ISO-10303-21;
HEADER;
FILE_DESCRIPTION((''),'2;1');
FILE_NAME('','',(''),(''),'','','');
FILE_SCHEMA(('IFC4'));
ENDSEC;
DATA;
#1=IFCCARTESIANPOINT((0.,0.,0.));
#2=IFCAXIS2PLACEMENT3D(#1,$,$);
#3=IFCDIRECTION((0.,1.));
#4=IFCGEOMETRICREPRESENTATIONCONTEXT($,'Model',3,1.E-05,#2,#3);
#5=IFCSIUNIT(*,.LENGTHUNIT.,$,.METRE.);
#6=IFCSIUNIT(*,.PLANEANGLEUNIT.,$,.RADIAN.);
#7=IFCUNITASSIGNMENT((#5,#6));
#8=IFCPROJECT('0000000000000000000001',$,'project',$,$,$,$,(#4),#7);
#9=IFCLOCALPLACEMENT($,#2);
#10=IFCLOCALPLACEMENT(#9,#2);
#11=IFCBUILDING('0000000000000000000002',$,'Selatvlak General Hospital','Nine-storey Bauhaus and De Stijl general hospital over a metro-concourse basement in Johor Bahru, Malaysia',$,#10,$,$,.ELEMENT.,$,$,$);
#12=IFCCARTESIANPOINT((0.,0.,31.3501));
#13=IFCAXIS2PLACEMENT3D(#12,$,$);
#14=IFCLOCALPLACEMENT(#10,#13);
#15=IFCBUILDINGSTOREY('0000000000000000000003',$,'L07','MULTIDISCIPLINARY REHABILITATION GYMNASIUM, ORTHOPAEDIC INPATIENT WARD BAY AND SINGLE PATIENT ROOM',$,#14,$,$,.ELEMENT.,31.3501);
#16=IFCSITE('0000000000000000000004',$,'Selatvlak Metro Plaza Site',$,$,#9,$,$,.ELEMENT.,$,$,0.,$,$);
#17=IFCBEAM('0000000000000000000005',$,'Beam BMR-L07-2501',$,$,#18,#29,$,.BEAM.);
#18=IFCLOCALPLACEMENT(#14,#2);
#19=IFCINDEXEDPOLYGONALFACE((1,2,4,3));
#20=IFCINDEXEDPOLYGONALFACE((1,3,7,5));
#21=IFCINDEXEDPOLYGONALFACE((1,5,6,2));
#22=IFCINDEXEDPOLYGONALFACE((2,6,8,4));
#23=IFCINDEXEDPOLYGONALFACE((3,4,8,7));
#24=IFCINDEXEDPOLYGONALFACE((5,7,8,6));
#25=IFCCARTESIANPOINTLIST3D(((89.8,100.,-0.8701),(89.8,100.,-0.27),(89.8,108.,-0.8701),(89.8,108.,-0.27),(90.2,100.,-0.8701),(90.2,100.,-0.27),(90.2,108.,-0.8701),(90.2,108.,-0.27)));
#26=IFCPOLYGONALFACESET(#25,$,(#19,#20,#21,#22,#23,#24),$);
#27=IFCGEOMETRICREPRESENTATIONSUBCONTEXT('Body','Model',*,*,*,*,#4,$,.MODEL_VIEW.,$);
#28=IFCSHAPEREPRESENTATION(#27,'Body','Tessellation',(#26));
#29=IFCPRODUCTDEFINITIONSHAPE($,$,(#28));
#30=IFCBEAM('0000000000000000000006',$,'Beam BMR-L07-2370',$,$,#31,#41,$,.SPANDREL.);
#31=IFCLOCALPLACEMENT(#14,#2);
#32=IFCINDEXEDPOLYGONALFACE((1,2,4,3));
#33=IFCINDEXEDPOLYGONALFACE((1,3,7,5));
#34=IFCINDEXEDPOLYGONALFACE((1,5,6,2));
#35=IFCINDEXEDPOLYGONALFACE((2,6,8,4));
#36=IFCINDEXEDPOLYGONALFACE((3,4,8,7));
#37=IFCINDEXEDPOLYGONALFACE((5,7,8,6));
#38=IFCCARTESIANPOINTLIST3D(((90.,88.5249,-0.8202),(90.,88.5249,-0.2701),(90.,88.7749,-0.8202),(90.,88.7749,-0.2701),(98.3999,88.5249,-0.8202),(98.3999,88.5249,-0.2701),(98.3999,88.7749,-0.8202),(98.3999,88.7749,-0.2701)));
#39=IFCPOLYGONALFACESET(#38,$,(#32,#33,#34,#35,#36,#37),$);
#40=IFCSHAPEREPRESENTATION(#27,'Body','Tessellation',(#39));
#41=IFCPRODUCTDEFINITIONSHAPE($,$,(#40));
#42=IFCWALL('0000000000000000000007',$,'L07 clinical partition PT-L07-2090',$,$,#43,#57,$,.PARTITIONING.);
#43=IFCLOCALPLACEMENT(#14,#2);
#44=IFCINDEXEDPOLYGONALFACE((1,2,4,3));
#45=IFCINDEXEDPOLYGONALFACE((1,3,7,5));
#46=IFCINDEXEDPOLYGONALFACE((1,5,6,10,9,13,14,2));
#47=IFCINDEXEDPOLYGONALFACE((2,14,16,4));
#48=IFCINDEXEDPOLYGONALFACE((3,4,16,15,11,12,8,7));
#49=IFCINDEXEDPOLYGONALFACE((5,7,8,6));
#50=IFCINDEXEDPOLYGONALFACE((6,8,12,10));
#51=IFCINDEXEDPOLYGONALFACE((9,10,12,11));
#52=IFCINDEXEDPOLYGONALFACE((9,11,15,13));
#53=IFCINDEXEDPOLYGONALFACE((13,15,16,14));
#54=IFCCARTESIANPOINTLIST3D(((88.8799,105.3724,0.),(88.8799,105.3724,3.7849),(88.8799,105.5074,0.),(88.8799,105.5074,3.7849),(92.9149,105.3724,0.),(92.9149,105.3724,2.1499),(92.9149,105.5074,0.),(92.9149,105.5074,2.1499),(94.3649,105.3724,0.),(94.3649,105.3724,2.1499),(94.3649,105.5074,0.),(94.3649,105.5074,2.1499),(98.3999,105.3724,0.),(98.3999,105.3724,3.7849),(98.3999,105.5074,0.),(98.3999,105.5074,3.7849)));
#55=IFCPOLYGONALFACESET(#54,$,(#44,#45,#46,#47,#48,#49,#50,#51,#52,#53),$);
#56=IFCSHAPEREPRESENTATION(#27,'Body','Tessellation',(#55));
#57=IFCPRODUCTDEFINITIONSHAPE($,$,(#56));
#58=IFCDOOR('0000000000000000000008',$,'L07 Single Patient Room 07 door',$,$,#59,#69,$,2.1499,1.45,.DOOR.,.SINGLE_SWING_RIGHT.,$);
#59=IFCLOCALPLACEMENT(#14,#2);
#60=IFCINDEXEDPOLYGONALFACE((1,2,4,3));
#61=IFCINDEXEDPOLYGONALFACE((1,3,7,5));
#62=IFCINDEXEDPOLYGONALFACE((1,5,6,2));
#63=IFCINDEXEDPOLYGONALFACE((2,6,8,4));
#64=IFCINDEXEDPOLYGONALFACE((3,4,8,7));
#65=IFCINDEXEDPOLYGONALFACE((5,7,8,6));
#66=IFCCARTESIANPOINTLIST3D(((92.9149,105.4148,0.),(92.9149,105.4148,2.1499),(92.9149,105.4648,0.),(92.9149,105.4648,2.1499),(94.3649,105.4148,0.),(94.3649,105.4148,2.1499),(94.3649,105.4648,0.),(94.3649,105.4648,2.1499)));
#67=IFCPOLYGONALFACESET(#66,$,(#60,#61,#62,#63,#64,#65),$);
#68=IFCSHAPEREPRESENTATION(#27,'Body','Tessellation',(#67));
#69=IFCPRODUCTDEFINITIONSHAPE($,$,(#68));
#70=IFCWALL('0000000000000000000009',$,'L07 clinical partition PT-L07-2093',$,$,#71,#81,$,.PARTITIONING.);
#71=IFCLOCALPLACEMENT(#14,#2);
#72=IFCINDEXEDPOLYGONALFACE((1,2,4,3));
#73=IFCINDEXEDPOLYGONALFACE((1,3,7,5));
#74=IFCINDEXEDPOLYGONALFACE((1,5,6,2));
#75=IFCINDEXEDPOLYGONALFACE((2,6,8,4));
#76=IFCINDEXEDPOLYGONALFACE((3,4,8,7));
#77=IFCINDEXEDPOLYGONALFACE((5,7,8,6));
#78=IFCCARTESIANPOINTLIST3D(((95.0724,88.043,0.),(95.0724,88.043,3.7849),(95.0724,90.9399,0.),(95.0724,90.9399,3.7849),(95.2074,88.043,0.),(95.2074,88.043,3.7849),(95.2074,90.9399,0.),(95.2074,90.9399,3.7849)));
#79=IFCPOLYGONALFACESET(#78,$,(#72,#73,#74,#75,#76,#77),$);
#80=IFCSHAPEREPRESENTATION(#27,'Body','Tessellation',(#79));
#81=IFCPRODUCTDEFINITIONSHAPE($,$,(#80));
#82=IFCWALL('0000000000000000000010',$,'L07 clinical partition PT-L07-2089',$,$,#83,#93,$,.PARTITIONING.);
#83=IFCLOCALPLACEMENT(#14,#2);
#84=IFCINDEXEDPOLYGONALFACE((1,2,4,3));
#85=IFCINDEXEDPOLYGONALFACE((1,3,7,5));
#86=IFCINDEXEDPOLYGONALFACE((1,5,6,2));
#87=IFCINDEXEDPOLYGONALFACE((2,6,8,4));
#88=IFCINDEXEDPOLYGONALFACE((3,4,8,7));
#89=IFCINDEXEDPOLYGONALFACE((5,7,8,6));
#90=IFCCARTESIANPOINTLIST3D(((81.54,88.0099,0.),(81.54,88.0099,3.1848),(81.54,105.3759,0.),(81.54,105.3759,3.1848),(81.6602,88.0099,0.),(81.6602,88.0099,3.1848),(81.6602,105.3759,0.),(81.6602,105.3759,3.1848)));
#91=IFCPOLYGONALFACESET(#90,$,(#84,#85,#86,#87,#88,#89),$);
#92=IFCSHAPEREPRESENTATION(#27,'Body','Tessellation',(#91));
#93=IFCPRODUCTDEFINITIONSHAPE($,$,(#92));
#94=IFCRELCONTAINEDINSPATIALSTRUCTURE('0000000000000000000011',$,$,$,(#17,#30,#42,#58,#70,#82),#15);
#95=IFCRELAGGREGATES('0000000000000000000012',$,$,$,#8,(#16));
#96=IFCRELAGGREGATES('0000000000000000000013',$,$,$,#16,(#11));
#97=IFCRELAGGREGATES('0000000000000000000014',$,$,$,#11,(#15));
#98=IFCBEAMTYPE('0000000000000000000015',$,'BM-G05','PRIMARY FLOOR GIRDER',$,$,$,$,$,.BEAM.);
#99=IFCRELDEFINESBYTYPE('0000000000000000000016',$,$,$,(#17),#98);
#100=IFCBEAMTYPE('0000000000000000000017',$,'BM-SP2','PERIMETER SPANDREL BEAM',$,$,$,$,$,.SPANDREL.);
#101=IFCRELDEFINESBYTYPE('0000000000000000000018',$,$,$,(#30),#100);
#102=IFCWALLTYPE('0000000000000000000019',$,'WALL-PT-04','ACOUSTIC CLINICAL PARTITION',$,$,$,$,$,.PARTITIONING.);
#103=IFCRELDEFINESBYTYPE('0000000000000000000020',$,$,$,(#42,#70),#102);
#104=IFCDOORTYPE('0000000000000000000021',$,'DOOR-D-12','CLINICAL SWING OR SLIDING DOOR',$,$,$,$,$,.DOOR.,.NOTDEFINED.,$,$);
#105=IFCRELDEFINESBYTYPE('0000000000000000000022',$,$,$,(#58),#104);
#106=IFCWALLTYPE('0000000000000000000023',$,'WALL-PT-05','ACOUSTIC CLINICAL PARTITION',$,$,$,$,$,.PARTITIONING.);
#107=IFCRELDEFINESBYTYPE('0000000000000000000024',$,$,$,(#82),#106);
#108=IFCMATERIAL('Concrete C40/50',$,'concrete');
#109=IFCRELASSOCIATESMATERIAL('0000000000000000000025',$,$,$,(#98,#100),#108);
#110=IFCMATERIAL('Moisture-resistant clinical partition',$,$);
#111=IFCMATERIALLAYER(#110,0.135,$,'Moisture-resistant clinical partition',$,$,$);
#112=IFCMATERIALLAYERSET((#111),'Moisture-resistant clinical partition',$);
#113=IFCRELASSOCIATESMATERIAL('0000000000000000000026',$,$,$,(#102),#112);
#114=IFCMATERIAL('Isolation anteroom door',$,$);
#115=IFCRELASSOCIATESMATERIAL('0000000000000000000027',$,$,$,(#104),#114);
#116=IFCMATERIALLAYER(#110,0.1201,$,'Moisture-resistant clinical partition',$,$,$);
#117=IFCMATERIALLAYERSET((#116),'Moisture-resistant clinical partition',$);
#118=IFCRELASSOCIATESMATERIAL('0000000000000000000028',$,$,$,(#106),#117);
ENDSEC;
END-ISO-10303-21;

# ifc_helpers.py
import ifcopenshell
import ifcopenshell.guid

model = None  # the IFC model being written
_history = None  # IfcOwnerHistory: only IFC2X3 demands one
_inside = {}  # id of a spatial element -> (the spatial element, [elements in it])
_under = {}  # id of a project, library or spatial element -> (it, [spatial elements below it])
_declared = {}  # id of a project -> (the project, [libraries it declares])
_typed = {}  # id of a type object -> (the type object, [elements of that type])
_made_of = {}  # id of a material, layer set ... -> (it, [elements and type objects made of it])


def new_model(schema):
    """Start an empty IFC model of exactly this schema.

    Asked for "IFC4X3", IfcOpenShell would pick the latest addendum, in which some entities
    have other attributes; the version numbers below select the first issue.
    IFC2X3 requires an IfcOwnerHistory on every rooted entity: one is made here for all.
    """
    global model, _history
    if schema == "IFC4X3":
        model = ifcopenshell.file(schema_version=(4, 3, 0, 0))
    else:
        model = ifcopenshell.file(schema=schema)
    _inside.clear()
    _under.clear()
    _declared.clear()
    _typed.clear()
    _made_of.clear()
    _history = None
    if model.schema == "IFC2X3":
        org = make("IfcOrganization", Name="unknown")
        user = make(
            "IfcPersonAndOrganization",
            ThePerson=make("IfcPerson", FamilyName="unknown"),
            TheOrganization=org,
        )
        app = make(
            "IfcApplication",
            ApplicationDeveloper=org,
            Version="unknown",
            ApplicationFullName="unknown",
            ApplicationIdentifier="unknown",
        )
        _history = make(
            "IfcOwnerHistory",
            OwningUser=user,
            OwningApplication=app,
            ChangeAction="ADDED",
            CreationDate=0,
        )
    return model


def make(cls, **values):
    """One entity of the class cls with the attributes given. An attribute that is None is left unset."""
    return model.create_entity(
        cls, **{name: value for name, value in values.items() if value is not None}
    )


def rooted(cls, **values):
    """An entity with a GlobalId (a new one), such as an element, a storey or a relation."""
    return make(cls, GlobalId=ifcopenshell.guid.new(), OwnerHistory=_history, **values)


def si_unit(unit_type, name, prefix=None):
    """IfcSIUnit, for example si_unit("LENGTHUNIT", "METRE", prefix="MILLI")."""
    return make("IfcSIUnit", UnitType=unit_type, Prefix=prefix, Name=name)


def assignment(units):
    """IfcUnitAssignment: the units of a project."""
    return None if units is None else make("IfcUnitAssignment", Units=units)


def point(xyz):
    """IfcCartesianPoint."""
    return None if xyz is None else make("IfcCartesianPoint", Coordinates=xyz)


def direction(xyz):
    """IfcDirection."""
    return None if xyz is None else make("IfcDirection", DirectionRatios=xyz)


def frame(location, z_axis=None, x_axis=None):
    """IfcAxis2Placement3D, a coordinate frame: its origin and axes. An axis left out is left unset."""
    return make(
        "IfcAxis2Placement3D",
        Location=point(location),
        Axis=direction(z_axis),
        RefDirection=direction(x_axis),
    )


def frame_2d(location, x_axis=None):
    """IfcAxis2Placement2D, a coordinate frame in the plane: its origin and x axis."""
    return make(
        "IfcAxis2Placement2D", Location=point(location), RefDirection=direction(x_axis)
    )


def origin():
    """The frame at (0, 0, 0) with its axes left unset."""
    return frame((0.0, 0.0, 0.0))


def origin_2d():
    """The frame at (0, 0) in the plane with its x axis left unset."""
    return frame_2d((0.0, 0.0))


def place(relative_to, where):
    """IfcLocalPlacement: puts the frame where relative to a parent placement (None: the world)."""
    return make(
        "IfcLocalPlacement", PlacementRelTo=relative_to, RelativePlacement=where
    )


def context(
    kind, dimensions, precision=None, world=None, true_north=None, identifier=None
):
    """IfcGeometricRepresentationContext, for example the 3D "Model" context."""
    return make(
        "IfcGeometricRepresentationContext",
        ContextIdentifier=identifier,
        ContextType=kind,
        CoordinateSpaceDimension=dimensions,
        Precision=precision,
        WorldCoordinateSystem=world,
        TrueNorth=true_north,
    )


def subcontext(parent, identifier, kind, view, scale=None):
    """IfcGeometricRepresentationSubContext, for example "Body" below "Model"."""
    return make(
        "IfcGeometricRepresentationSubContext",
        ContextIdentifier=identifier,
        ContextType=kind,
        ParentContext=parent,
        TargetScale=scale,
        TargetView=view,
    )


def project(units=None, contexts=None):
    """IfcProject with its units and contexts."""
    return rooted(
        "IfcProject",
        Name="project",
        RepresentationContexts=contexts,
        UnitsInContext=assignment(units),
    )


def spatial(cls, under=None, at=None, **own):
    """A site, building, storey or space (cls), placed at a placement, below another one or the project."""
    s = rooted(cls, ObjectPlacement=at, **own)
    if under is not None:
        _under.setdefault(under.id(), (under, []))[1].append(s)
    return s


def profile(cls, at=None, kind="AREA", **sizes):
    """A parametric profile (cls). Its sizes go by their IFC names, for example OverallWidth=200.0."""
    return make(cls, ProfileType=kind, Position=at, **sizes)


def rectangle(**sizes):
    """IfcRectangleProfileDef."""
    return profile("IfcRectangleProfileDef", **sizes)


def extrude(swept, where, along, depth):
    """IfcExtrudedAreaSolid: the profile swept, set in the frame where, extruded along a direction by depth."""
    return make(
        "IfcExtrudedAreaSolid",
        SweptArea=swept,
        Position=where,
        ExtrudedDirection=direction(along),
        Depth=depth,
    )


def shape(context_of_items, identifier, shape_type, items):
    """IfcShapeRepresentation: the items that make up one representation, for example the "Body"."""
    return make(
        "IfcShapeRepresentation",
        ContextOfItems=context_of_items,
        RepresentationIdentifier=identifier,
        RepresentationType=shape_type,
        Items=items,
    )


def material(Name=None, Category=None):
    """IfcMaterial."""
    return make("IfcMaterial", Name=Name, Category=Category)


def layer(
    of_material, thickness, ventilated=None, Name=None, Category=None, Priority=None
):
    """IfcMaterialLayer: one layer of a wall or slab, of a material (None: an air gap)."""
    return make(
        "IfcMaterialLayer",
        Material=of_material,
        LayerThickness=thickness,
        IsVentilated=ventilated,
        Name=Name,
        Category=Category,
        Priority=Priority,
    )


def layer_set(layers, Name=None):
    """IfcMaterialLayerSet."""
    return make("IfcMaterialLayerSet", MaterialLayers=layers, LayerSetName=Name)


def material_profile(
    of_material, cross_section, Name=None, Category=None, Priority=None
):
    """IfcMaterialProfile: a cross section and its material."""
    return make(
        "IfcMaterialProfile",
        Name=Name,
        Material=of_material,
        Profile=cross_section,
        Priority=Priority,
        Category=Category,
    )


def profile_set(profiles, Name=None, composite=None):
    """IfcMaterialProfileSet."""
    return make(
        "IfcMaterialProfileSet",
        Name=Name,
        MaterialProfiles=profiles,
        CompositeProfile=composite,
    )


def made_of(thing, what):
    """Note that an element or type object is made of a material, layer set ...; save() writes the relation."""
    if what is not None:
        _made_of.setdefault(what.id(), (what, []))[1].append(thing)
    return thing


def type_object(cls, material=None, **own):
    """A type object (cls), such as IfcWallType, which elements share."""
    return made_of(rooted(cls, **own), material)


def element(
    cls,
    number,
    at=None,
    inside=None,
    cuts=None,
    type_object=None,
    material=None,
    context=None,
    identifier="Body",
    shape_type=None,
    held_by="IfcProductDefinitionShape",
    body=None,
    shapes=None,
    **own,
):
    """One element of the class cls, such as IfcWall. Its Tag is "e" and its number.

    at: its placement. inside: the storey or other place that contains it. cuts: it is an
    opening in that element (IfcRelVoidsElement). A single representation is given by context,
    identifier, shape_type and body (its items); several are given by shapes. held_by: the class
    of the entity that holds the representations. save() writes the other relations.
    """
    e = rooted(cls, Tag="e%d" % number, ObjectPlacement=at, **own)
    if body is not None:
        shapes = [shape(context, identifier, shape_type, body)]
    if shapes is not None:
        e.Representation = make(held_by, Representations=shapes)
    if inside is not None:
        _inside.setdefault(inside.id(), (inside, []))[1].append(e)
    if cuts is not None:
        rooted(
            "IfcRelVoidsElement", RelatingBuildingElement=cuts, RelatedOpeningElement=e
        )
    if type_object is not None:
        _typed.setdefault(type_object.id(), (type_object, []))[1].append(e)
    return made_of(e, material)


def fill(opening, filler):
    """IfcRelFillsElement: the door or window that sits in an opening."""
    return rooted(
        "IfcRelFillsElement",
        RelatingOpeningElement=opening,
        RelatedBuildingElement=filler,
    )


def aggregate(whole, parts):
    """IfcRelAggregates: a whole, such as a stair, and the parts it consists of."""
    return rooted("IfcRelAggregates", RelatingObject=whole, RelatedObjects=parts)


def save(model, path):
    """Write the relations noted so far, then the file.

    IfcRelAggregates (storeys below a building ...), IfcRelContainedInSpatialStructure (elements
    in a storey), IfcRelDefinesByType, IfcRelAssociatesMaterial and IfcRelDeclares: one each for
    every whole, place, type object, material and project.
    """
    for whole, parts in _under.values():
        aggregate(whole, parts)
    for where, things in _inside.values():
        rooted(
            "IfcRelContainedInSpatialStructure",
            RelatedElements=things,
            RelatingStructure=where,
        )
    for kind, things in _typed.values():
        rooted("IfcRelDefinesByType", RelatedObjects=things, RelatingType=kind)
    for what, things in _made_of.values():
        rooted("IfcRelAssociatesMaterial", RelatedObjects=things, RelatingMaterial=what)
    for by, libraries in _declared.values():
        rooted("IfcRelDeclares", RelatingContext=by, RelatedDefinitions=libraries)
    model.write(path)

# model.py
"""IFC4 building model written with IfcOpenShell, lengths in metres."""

from ifc_helpers import new_model, si_unit, direction, frame, frame_2d, origin, origin_2d, place, context, subcontext, project, spatial, rectangle, extrude, material, layer, layer_set, material_profile, profile_set, type_object, element, fill, save


model = new_model("IFC4")

# Units and contexts
model_context = context("Model", 3, precision=1e-05, world=origin(), true_north=direction((0.0, 1.0)))
body_context = subcontext(model_context, "Body", "Model", "MODEL_VIEW")
ifc_project = project(units=[si_unit("LENGTHUNIT", "METRE"), si_unit("PLANEANGLEUNIT", "RADIAN")], contexts=[model_context])

# Site, building, storey
site_placement = place(None, origin())
site = spatial("IfcSite", under=ifc_project, at=site_placement, Name="Selatvlak Metro Plaza Site", CompositionType="ELEMENT", RefElevation=0.0)
building_placement = place(site_placement, origin())
building = spatial("IfcBuilding", under=site, at=building_placement, Name="Selatvlak General Hospital", Description="Nine-storey Bauhaus and De Stijl general hospital over a metro-concourse basement in Johor Bahru, Malaysia", CompositionType="ELEMENT")
storey_placement = place(building_placement, frame((0.0, 0.0, 31.3501)))
storey = spatial("IfcBuildingStorey", under=building, at=storey_placement, Name="L07", Description="MULTIDISCIPLINARY REHABILITATION GYMNASIUM, ORTHOPAEDIC INPATIENT WARD BAY AND SINGLE PATIENT ROOM", CompositionType="ELEMENT", Elevation=31.3501)

# Shared definitions
ifc_material_1 = material(Name="Concrete C40/50", Category="concrete")

# Beams
ifc_material_profile_1 = material_profile(ifc_material_1, rectangle(XDim=0.3999, YDim=0.6001, at=origin_2d()), Name="RC-BM 400x600")
ifc_profile_set_1 = profile_set([ifc_material_profile_1], Name="Concrete C40/50")
beam_type_1 = type_object("IfcBeamType", Name="BM-G05", Description="PRIMARY FLOOR GIRDER", PredefinedType="BEAM", material=ifc_profile_set_1)
for number, where, z_axis, x_axis, name in (
    (1, (90.0, 100.0, -0.5701), (0.0, 1.0, 0.0), (-1.0, 0.0, 0.0), "Beam BMR-L07-2501"),
):
    element("IfcBeam", number, at=place(storey_placement, frame(where, z_axis=z_axis, x_axis=x_axis)), inside=storey, type_object=beam_type_1, Name=name, PredefinedType="BEAM", context=body_context, shape_type="SweptSolid", body=[
        extrude(rectangle(XDim=0.3999, YDim=0.6001, at=origin_2d()), origin(), (0.0, 0.0, 1.0), 8.0),
    ])
ifc_material_profile_2 = material_profile(ifc_material_1, rectangle(XDim=0.25, YDim=0.55, at=origin_2d()), Name="RC-SP 250x550")
ifc_profile_set_2 = profile_set([ifc_material_profile_2], Name="Concrete C40/50")
beam_type_2 = type_object("IfcBeamType", Name="BM-SP2", Description="PERIMETER SPANDREL BEAM", PredefinedType="SPANDREL", material=ifc_profile_set_2)
beam_1_placement = place(storey_placement, frame((90.0, 88.6499, -0.5452), z_axis=(1.0, 0.0, 0.0), x_axis=(0.0, 1.0, 0.0)))
element("IfcBeam", 2, at=beam_1_placement, inside=storey, type_object=beam_type_2, Name="Beam BMR-L07-2370", PredefinedType="SPANDREL", context=body_context, shape_type="SweptSolid", body=[
    extrude(rectangle(XDim=0.25, YDim=0.55, at=origin_2d()), origin(), (0.0, 0.0, 1.0), 8.3999),
])

# Wall, opening, door
ifc_material_2 = material(Name="Moisture-resistant clinical partition")
ifc_layer_1 = layer(ifc_material_2, 0.135, Name="Moisture-resistant clinical partition")
ifc_layer_set_1 = layer_set([ifc_layer_1], Name="Moisture-resistant clinical partition")
wall_type_1 = type_object("IfcWallType", Name="WALL-PT-04", Description="ACOUSTIC CLINICAL PARTITION", PredefinedType="PARTITIONING", material=ifc_layer_set_1)
wall_1_placement = place(storey_placement, frame((88.8799, 105.4399, 0.0), z_axis=(0.0, 0.0, 1.0), x_axis=(1.0, 0.0, 0.0)))
wall_1 = element("IfcWall", 3, at=wall_1_placement, inside=storey, type_object=wall_type_1, Name="L07 clinical partition PT-L07-2090", PredefinedType="PARTITIONING", context=body_context, shape_type="SweptSolid", body=[
    extrude(rectangle(XDim=9.52, YDim=0.135, at=frame_2d((4.76, 0.0))), origin(), (0.0, 0.0, 1.0), 3.7849),
])
opening_placement = place(wall_1_placement, frame((4.0349, 0.0, 0.0)))
opening = element("IfcOpeningElement", 4, at=opening_placement, cuts=wall_1, PredefinedType="OPENING", context=body_context, shape_type="SweptSolid", body=[
    extrude(rectangle(XDim=1.45, YDim=2.1499, at=frame_2d((0.7251, 1.075))), frame((0.0, 0.0774, 0.0), z_axis=(0.0, -1.0, 0.0), x_axis=(1.0, 0.0, 0.0)), (0.0, 0.0, 1.0), 0.155),
])
ifc_material_3 = material(Name="Isolation anteroom door")
door_type = type_object("IfcDoorType", Name="DOOR-D-12", Description="CLINICAL SWING OR SLIDING DOOR", OperationType="NOTDEFINED", PredefinedType="DOOR", material=ifc_material_3)
door_placement = place(opening_placement, origin())
door = element("IfcDoor", 5, at=door_placement, inside=storey, type_object=door_type, Name="L07 Single Patient Room 07 door", OperationType="SINGLE_SWING_RIGHT", OverallHeight=2.1499, OverallWidth=1.45, PredefinedType="DOOR", context=body_context, shape_type="SweptSolid", body=[
    extrude(rectangle(XDim=1.45, YDim=2.1499, at=frame_2d((0.7251, 1.075))), frame((0.0, 0.0249, 0.0), z_axis=(0.0, -1.0, 0.0), x_axis=(1.0, 0.0, 0.0)), (0.0, 0.0, 1.0), 0.05),
])
fill(opening, door)

# Walls
wall_2_placement = place(storey_placement, frame((95.1399, 90.9399, 0.0), z_axis=(0.0, 0.0, 1.0), x_axis=(0.0, -1.0, 0.0)))
element("IfcWall", 6, at=wall_2_placement, inside=storey, type_object=wall_type_1, Name="L07 clinical partition PT-L07-2093", PredefinedType="PARTITIONING", context=body_context, shape_type="SweptSolid", body=[
    extrude(rectangle(XDim=2.897, YDim=0.135, at=frame_2d((1.4485, 0.0))), origin(), (0.0, 0.0, 1.0), 3.7849),
])
ifc_layer_2 = layer(ifc_material_2, 0.1201, Name="Moisture-resistant clinical partition")
ifc_layer_set_2 = layer_set([ifc_layer_2], Name="Moisture-resistant clinical partition")
wall_type_2 = type_object("IfcWallType", Name="WALL-PT-05", Description="ACOUSTIC CLINICAL PARTITION", PredefinedType="PARTITIONING", material=ifc_layer_set_2)
wall_3_placement = place(storey_placement, frame((81.6001, 105.376, 0.0), z_axis=(0.0, 0.0, 1.0), x_axis=(0.0, -1.0, 0.0)))
element("IfcWall", 7, at=wall_3_placement, inside=storey, type_object=wall_type_2, Name="L07 clinical partition PT-L07-2089", PredefinedType="PARTITIONING", context=body_context, shape_type="SweptSolid", body=[
    extrude(rectangle(XDim=17.366, YDim=0.1201, at=frame_2d((8.6831, 0.0))), origin(), (0.0, 0.0, 1.0), 3.1848),
])

save(model, "model.ifc")
